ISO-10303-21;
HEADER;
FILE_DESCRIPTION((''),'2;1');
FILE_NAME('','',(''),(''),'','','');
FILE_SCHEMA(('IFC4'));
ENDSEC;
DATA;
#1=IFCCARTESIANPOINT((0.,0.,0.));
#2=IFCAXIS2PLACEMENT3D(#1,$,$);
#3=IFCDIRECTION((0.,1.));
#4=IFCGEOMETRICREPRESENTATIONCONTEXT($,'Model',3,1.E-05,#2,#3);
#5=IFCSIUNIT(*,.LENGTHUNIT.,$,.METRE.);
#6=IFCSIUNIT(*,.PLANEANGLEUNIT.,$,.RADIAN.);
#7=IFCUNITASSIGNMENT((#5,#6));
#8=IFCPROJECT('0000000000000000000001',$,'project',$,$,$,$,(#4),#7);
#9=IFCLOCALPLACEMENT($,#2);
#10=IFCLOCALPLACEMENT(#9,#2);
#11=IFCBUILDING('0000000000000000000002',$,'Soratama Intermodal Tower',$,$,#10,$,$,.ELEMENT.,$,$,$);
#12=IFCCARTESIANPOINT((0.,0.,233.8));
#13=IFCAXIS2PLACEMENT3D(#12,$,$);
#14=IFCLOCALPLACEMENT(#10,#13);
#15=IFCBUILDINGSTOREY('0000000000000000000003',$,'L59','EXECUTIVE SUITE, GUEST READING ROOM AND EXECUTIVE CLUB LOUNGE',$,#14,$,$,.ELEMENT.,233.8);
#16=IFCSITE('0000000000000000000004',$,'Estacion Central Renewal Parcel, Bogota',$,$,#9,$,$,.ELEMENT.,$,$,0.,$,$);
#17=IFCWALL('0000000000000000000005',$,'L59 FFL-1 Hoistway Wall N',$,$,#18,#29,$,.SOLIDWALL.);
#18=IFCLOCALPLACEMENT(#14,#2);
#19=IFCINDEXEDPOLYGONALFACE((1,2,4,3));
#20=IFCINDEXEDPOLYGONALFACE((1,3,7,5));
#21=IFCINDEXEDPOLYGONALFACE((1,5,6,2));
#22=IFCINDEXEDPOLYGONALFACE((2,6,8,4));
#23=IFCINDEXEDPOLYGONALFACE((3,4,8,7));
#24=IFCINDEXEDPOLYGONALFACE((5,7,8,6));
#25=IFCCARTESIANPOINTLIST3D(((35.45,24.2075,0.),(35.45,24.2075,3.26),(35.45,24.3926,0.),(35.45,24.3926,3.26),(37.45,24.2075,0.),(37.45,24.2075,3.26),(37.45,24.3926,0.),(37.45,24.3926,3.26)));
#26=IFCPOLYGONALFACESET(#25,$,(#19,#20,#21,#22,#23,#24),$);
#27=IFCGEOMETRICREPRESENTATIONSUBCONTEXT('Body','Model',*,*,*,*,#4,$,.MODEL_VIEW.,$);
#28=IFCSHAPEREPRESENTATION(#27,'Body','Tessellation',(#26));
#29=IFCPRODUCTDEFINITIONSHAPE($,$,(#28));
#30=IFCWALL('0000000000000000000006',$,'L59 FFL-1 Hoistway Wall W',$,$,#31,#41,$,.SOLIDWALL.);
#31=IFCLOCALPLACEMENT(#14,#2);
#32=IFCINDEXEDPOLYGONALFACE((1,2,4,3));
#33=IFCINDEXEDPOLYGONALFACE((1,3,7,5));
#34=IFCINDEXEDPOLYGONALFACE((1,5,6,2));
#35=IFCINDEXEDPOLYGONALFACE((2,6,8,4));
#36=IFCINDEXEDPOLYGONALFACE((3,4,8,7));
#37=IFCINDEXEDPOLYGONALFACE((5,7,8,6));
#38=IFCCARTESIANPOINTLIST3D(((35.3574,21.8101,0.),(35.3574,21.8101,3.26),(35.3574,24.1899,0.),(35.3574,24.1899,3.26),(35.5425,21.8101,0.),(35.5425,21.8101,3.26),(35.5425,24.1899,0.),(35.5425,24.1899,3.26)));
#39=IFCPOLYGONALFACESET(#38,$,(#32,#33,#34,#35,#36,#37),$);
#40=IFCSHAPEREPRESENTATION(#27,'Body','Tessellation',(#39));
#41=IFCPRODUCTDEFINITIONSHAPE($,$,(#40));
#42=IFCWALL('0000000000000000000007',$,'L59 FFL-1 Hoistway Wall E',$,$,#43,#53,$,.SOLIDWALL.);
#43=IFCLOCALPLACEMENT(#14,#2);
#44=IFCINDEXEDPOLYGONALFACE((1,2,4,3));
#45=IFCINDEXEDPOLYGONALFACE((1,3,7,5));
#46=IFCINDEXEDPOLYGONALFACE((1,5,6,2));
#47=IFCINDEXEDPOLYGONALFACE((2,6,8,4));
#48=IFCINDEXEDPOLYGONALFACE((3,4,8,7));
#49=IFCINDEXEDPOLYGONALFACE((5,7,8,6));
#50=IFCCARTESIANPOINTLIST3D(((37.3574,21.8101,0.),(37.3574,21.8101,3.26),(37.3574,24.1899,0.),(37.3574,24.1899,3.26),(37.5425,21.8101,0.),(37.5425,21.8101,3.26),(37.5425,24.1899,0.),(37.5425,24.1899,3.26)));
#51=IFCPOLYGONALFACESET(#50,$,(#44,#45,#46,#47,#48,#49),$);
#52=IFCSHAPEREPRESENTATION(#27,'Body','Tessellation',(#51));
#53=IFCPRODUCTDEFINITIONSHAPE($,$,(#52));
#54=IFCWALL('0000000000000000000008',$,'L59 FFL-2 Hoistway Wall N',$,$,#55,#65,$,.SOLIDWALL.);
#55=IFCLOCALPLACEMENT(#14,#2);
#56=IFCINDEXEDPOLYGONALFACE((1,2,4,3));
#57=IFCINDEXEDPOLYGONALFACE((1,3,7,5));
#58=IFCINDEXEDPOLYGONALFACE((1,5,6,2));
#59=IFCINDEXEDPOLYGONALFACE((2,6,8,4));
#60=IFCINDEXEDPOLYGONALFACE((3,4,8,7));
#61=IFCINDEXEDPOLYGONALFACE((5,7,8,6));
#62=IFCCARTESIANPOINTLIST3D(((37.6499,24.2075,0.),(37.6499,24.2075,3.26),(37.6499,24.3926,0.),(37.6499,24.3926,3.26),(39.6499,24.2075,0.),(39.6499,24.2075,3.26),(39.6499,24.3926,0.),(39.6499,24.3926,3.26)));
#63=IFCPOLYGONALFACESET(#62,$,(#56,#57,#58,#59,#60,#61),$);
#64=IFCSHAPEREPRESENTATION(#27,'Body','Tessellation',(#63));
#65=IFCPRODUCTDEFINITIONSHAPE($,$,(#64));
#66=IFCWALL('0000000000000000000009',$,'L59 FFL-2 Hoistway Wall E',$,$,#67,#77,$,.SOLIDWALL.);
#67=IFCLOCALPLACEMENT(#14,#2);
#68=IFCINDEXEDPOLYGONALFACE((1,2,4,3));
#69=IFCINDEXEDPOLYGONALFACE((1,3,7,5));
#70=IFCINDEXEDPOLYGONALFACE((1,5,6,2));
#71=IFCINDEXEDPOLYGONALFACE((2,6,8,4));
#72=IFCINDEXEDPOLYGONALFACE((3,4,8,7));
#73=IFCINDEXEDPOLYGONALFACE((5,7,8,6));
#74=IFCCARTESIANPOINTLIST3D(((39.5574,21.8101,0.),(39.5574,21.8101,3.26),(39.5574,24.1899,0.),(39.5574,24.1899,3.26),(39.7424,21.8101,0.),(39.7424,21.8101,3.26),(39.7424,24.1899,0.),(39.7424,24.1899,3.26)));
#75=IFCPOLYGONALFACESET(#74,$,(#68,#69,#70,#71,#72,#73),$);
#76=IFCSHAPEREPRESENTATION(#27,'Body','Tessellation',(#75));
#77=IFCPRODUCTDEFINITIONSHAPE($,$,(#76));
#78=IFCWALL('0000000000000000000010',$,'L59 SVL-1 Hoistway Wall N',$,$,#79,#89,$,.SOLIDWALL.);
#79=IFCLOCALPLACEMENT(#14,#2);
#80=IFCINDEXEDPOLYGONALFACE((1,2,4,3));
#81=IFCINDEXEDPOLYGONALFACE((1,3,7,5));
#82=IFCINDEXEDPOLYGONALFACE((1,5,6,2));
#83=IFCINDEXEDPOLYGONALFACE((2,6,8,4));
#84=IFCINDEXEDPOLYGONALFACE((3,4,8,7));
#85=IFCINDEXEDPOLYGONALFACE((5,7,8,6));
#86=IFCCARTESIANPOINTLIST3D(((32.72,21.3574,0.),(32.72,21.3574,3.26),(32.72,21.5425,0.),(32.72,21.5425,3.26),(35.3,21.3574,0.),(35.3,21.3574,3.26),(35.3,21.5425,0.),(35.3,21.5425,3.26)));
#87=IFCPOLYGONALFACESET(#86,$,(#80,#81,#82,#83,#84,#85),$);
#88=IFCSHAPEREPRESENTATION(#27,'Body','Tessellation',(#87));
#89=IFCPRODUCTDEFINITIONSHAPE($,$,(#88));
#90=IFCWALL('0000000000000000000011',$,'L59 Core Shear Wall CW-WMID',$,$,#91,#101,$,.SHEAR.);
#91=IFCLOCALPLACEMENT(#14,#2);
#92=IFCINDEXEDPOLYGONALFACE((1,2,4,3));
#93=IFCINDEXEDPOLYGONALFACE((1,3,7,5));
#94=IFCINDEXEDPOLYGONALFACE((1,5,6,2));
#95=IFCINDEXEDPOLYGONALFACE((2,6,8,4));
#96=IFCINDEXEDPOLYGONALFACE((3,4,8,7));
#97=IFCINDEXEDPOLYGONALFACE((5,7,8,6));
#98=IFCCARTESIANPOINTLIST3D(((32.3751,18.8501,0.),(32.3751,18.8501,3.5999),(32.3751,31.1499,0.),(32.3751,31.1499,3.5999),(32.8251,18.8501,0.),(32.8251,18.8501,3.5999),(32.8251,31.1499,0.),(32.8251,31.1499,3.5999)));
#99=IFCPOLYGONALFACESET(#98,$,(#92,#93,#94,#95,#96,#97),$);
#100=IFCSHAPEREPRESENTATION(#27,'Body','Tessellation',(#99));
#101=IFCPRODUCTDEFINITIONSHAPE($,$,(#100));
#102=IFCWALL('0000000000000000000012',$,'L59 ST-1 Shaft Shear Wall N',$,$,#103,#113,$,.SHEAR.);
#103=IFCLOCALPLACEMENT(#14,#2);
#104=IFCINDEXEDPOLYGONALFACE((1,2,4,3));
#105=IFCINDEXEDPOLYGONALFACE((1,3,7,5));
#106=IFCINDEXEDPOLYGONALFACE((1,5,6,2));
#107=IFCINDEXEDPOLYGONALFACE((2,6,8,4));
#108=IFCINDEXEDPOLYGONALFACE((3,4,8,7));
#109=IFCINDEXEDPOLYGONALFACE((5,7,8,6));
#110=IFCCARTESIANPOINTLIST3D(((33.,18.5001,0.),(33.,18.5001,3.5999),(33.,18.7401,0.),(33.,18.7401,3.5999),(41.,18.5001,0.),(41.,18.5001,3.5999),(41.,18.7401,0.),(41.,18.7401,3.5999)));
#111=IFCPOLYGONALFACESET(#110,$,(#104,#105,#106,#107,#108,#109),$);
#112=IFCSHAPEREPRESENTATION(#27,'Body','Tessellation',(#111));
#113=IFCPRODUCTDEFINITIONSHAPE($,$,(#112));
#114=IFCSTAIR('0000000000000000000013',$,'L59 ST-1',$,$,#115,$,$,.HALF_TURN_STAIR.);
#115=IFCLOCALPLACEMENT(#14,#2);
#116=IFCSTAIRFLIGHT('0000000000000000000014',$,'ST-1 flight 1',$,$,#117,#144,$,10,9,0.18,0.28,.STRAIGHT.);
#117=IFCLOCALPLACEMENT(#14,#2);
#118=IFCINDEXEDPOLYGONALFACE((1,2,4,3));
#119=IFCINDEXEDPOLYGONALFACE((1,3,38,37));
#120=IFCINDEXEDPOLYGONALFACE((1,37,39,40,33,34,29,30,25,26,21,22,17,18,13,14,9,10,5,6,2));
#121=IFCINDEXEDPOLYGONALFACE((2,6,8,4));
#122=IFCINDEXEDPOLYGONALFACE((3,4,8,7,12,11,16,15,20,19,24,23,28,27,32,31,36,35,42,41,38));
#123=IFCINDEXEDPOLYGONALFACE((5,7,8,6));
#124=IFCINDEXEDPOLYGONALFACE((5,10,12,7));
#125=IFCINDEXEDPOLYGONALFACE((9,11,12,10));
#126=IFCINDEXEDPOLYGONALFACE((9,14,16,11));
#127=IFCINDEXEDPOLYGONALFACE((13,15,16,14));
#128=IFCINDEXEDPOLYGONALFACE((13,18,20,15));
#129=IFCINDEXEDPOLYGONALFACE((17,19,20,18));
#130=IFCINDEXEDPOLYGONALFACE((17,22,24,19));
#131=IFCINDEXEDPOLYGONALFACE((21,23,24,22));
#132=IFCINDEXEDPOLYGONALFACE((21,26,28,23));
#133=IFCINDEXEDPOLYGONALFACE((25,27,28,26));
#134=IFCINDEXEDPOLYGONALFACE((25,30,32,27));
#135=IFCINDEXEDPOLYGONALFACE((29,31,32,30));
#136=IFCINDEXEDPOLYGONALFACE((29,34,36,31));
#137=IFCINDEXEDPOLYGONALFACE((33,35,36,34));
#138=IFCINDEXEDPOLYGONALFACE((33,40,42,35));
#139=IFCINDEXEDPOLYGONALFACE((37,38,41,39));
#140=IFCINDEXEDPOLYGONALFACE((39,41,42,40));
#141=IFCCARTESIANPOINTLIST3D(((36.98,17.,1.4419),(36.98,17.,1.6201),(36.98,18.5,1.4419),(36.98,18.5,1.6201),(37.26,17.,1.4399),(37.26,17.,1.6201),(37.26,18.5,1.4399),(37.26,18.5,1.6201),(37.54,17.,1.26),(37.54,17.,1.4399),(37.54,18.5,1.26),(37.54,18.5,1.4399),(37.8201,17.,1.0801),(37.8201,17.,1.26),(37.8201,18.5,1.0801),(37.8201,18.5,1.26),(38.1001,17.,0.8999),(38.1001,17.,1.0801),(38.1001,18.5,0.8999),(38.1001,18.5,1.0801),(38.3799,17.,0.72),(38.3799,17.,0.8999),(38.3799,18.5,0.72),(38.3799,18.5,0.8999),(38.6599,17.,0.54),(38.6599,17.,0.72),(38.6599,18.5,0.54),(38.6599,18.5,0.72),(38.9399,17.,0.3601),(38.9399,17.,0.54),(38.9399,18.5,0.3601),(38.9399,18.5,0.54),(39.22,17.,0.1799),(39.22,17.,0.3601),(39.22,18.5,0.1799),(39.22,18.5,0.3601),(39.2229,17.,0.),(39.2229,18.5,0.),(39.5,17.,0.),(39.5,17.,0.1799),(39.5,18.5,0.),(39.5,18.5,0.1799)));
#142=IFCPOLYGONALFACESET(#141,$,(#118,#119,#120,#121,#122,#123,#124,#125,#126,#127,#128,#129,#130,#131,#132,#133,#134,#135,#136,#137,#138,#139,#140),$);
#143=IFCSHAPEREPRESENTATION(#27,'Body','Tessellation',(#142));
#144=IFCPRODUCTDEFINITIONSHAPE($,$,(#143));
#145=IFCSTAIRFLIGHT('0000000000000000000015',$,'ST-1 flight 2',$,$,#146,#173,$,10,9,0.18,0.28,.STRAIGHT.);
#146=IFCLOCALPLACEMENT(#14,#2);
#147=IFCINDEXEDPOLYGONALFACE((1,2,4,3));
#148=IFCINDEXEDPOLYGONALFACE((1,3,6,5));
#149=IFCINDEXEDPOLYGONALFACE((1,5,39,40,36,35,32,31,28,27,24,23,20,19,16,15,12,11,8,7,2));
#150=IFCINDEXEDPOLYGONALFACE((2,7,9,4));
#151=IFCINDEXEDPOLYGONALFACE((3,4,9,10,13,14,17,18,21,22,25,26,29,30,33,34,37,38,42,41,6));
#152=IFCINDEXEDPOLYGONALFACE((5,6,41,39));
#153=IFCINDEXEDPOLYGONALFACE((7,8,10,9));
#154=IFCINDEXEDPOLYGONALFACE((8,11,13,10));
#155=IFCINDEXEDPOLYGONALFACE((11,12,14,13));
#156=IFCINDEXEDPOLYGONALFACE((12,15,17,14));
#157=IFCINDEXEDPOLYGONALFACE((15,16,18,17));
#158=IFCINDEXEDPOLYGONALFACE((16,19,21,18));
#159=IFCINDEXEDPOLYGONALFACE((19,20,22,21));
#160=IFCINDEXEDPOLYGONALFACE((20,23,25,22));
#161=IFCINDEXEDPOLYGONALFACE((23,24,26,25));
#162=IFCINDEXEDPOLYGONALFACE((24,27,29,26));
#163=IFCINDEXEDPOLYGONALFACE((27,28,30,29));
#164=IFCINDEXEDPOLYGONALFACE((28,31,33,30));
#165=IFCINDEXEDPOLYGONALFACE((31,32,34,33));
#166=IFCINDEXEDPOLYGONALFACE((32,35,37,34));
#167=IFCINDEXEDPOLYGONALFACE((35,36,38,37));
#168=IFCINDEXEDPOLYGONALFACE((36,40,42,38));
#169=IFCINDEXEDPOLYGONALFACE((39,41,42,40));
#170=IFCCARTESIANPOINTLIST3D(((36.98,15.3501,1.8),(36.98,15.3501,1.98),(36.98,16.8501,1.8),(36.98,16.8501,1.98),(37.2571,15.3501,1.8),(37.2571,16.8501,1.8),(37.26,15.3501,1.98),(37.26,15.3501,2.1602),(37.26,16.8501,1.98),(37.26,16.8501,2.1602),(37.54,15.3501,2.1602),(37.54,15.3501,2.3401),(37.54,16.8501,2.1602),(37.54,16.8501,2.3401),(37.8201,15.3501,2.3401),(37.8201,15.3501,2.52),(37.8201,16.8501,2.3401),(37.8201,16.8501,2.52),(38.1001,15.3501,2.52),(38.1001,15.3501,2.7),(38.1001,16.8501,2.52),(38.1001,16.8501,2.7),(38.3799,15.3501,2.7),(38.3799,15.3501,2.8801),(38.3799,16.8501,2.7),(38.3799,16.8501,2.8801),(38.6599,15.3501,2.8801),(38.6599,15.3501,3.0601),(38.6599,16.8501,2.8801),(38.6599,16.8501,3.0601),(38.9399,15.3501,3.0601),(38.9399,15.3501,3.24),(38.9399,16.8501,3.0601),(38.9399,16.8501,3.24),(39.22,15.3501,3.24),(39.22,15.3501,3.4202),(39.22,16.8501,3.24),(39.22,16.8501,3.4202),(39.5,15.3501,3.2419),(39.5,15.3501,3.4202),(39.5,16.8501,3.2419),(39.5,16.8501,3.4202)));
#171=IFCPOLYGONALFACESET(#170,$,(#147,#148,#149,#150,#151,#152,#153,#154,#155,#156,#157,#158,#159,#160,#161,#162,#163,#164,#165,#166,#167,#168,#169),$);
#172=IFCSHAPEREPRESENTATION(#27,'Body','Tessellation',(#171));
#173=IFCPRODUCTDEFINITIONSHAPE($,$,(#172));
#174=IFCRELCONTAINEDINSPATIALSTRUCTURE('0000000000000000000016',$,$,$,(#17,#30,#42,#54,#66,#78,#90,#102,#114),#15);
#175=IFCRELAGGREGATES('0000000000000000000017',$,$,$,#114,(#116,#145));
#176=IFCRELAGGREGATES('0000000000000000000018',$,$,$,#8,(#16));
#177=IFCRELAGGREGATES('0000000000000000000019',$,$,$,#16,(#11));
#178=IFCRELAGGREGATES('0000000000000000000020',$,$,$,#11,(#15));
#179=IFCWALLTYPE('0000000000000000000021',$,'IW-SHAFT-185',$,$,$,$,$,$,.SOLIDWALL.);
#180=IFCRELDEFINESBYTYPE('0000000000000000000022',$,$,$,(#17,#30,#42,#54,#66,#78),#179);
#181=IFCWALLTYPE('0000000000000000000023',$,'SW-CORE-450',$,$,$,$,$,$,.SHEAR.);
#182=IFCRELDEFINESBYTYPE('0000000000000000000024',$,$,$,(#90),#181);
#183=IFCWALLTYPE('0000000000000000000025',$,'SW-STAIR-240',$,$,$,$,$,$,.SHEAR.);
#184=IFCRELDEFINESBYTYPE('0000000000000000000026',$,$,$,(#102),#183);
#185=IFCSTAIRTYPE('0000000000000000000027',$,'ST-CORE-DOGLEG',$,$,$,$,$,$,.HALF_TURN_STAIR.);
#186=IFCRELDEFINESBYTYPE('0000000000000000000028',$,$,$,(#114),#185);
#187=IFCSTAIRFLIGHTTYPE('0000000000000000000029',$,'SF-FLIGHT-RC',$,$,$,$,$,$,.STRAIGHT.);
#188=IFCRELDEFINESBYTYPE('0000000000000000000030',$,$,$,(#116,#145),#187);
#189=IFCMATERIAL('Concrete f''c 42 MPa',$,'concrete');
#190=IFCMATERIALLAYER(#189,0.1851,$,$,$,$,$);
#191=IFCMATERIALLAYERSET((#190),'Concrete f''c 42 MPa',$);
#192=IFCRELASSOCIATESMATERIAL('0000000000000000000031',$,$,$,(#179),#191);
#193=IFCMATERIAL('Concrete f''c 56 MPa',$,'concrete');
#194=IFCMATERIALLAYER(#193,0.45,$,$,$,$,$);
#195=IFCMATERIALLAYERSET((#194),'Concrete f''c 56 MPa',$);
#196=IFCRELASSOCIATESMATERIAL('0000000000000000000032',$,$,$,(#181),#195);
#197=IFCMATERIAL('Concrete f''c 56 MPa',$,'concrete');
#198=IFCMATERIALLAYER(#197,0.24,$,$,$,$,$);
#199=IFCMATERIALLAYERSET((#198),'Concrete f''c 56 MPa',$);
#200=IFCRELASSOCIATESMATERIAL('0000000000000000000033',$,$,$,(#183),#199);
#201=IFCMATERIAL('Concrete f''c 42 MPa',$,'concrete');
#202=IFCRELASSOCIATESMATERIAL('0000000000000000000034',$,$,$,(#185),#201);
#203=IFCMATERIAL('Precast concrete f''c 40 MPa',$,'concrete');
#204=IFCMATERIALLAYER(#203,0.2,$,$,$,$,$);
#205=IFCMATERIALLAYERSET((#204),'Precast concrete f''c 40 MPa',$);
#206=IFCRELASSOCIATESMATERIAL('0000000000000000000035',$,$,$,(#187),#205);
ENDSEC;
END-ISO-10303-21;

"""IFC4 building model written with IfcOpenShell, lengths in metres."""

from ifc_helpers import new_model, si_unit, direction, frame, frame_2d, origin, place, context, subcontext, project, spatial, polyline, rectangle, outline, extrude, material, layer, layer_set, type_object, element, aggregate, save


model = new_model("IFC4")

# Units and contexts
model_context = context("Model", 3, precision=1e-05, world=origin(), true_north=direction((0.0, 1.0)))
body_context = subcontext(model_context, "Body", "Model", "MODEL_VIEW")
ifc_project = project(units=[si_unit("LENGTHUNIT", "METRE"), si_unit("PLANEANGLEUNIT", "RADIAN")], contexts=[model_context])

# Site, building, storey
site_placement = place(None, origin())
site = spatial("IfcSite", under=ifc_project, at=site_placement, Name="Estacion Central Renewal Parcel, Bogota", CompositionType="ELEMENT", RefElevation=0.0)
building_placement = place(site_placement, origin())
building = spatial("IfcBuilding", under=site, at=building_placement, Name="Soratama Intermodal Tower", CompositionType="ELEMENT")
storey_placement = place(building_placement, frame((0.0, 0.0, 233.8)))
storey = spatial("IfcBuildingStorey", under=building, at=storey_placement, Name="L59", Description="EXECUTIVE SUITE, GUEST READING ROOM AND EXECUTIVE CLUB LOUNGE", CompositionType="ELEMENT", Elevation=233.8)

# Shared definitions
ifc_material_1 = material(Name="Concrete f'c 42 MPa", Category="concrete")
ifc_layer_1 = layer(ifc_material_1, 0.1851)
ifc_layer_set_1 = layer_set([ifc_layer_1], Name="Concrete f'c 42 MPa")
wall_type_1 = type_object("IfcWallType", Name="IW-SHAFT-185", PredefinedType="SOLIDWALL", material=ifc_layer_set_1)

# Walls
wall_1_placement = place(storey_placement, frame((35.45, 24.3, 0.0), z_axis=(0.0, 0.0, 1.0), x_axis=(1.0, 0.0, 0.0)))
element("IfcWall", 1, at=wall_1_placement, inside=storey, type_object=wall_type_1, Name="L59 FFL-1 Hoistway Wall N", PredefinedType="SOLIDWALL", context=body_context, shape_type="SweptSolid", body=[
    extrude(rectangle(XDim=2.0, YDim=0.1851, at=frame_2d((1.0, 0.0))), origin(), (0.0, 0.0, 1.0), 3.26),
])
for number, where, z_axis, x_axis, name in (
    (2, (35.45, 21.8101, 0.0), (0.0, 0.0, 1.0), (0.0, 1.0, 0.0), "L59 FFL-1 Hoistway Wall W"),
    (3, (37.45, 21.8101, 0.0), (0.0, 0.0, 1.0), (0.0, 1.0, 0.0), "L59 FFL-1 Hoistway Wall E"),
):
    element("IfcWall", number, at=place(storey_placement, frame(where, z_axis=z_axis, x_axis=x_axis)), inside=storey, type_object=wall_type_1, Name=name, PredefinedType="SOLIDWALL", context=body_context, shape_type="SweptSolid", body=[
        extrude(rectangle(XDim=2.3799, YDim=0.1851, at=frame_2d((1.1899, 0.0))), origin(), (0.0, 0.0, 1.0), 3.26),
    ])

# Walls
wall_2_placement = place(storey_placement, frame((37.6499, 24.3, 0.0), z_axis=(0.0, 0.0, 1.0), x_axis=(1.0, 0.0, 0.0)))
element("IfcWall", 4, at=wall_2_placement, inside=storey, type_object=wall_type_1, Name="L59 FFL-2 Hoistway Wall N", PredefinedType="SOLIDWALL", context=body_context, shape_type="SweptSolid", body=[
    extrude(rectangle(XDim=2.0, YDim=0.1851, at=frame_2d((1.0, 0.0))), origin(), (0.0, 0.0, 1.0), 3.26),
])
wall_3_placement = place(storey_placement, frame((39.6499, 21.8101, 0.0), z_axis=(0.0, 0.0, 1.0), x_axis=(0.0, 1.0, 0.0)))
element("IfcWall", 5, at=wall_3_placement, inside=storey, type_object=wall_type_1, Name="L59 FFL-2 Hoistway Wall E", PredefinedType="SOLIDWALL", context=body_context, shape_type="SweptSolid", body=[
    extrude(rectangle(XDim=2.3799, YDim=0.1851, at=frame_2d((1.1899, 0.0))), origin(), (0.0, 0.0, 1.0), 3.26),
])
wall_4_placement = place(storey_placement, frame((32.72, 21.45, 0.0), z_axis=(0.0, 0.0, 1.0), x_axis=(1.0, 0.0, 0.0)))
element("IfcWall", 6, at=wall_4_placement, inside=storey, type_object=wall_type_1, Name="L59 SVL-1 Hoistway Wall N", PredefinedType="SOLIDWALL", context=body_context, shape_type="SweptSolid", body=[
    extrude(rectangle(XDim=2.5801, YDim=0.1851, at=frame_2d((1.29, 0.0))), origin(), (0.0, 0.0, 1.0), 3.26),
])

# Walls
ifc_material_2 = material(Name="Concrete f'c 56 MPa", Category="concrete")
ifc_layer_2 = layer(ifc_material_2, 0.45)
ifc_layer_set_2 = layer_set([ifc_layer_2], Name="Concrete f'c 56 MPa")
wall_type_2 = type_object("IfcWallType", Name="SW-CORE-450", PredefinedType="SHEAR", material=ifc_layer_set_2)
wall_5_placement = place(storey_placement, frame((32.6001, 18.8501, 0.0), z_axis=(0.0, 0.0, 1.0), x_axis=(0.0, 1.0, 0.0)))
element("IfcWall", 7, at=wall_5_placement, inside=storey, type_object=wall_type_2, Name="L59 Core Shear Wall CW-WMID", PredefinedType="SHEAR", context=body_context, shape_type="SweptSolid", body=[
    extrude(rectangle(XDim=12.2998, YDim=0.45, at=frame_2d((6.1499, 0.0))), origin(), (0.0, 0.0, 1.0), 3.5999),
])
ifc_material_3 = material(Name="Concrete f'c 56 MPa", Category="concrete")
ifc_layer_3 = layer(ifc_material_3, 0.24)
ifc_layer_set_3 = layer_set([ifc_layer_3], Name="Concrete f'c 56 MPa")
wall_type_3 = type_object("IfcWallType", Name="SW-STAIR-240", PredefinedType="SHEAR", material=ifc_layer_set_3)
wall_6_placement = place(storey_placement, frame((33.0, 18.6201, 0.0), z_axis=(0.0, 0.0, 1.0), x_axis=(1.0, 0.0, 0.0)))
element("IfcWall", 8, at=wall_6_placement, inside=storey, type_object=wall_type_3, Name="L59 ST-1 Shaft Shear Wall N", PredefinedType="SHEAR", context=body_context, shape_type="SweptSolid", body=[
    extrude(rectangle(XDim=8.0, YDim=0.24, at=frame_2d((4.0, 0.0))), origin(), (0.0, 0.0, 1.0), 3.5999),
])

# Stair, stair flights
ifc_material_4 = material(Name="Concrete f'c 42 MPa", Category="concrete")
stair_type = type_object("IfcStairType", Name="ST-CORE-DOGLEG", PredefinedType="HALF_TURN_STAIR", material=ifc_material_4)
stair_placement = place(storey_placement, origin())
stair = element("IfcStair", 9, at=stair_placement, inside=storey, type_object=stair_type, Name="L59 ST-1", PredefinedType="HALF_TURN_STAIR")
ifc_material_5 = material(Name="Precast concrete f'c 40 MPa", Category="concrete")
ifc_layer_4 = layer(ifc_material_5, 0.2)
ifc_layer_set_4 = layer_set([ifc_layer_4], Name="Precast concrete f'c 40 MPa")
stair_flight_type = type_object("IfcStairFlightType", Name="SF-FLIGHT-RC", PredefinedType="STRAIGHT", material=ifc_layer_set_4)
stair_flight_1_placement = place(storey_placement, frame((39.5, 17.75, 0.0), z_axis=(0.0, 0.0, 1.0), x_axis=(-1.0, 0.0, 0.0)))
stair_flight_1 = element("IfcStairFlight", 10, at=stair_flight_1_placement, type_object=stair_flight_type, Name="ST-1 flight 1", NumberOfRisers=10, NumberOfTreads=9, PredefinedType="STRAIGHT", RiserHeight=0.18, TreadLength=0.28, context=body_context, shape_type="SweptSolid", body=[
    extrude(outline(polyline([(0.0, 0.0), (0.0, 0.1799), (0.28, 0.1799), (0.28, 0.3601), (0.5601, 0.3601), (0.5601, 0.54), (0.8401, 0.54), (0.8401, 0.72), (1.1201, 0.72), (1.1201, 0.8999), (1.3999, 0.8999), (1.3999, 1.0801), (1.6799, 1.0801), (1.6799, 1.26), (1.96, 1.26), (1.96, 1.4399), (2.24, 1.4399), (2.24, 1.6201), (2.52, 1.6201), (2.52, 1.8), (2.52, 1.4419), (0.2771, 0.0), (0.0, 0.0)])), frame((0.0, 0.75, 0.0), z_axis=(0.0, -1.0, 0.0), x_axis=(1.0, 0.0, 0.0)), (0.0, 0.0, 1.0), 1.5),
])
stair_flight_2_placement = place(storey_placement, frame((36.98, 16.1001, 1.8), z_axis=(0.0, 0.0, 1.0), x_axis=(1.0, 0.0, 0.0)))
stair_flight_2 = element("IfcStairFlight", 11, at=stair_flight_2_placement, type_object=stair_flight_type, Name="ST-1 flight 2", NumberOfRisers=10, NumberOfTreads=9, PredefinedType="STRAIGHT", RiserHeight=0.18, TreadLength=0.28, context=body_context, shape_type="SweptSolid", body=[
    extrude(outline(polyline([(0.0, 0.0), (0.0, 0.1799), (0.28, 0.1799), (0.28, 0.3601), (0.5601, 0.3601), (0.5601, 0.54), (0.8401, 0.54), (0.8401, 0.72), (1.1201, 0.72), (1.1201, 0.8999), (1.3999, 0.8999), (1.3999, 1.0801), (1.6799, 1.0801), (1.6799, 1.26), (1.96, 1.26), (1.96, 1.4399), (2.24, 1.4399), (2.24, 1.6201), (2.52, 1.6201), (2.52, 1.8), (2.52, 1.4419), (0.2771, 0.0), (0.0, 0.0)])), frame((0.0, 0.75, 0.0), z_axis=(0.0, -1.0, 0.0), x_axis=(1.0, 0.0, 0.0)), (0.0, 0.0, 1.0), 1.5),
])
aggregate(stair, [stair_flight_1, stair_flight_2])

save(model, "model.ifc")
